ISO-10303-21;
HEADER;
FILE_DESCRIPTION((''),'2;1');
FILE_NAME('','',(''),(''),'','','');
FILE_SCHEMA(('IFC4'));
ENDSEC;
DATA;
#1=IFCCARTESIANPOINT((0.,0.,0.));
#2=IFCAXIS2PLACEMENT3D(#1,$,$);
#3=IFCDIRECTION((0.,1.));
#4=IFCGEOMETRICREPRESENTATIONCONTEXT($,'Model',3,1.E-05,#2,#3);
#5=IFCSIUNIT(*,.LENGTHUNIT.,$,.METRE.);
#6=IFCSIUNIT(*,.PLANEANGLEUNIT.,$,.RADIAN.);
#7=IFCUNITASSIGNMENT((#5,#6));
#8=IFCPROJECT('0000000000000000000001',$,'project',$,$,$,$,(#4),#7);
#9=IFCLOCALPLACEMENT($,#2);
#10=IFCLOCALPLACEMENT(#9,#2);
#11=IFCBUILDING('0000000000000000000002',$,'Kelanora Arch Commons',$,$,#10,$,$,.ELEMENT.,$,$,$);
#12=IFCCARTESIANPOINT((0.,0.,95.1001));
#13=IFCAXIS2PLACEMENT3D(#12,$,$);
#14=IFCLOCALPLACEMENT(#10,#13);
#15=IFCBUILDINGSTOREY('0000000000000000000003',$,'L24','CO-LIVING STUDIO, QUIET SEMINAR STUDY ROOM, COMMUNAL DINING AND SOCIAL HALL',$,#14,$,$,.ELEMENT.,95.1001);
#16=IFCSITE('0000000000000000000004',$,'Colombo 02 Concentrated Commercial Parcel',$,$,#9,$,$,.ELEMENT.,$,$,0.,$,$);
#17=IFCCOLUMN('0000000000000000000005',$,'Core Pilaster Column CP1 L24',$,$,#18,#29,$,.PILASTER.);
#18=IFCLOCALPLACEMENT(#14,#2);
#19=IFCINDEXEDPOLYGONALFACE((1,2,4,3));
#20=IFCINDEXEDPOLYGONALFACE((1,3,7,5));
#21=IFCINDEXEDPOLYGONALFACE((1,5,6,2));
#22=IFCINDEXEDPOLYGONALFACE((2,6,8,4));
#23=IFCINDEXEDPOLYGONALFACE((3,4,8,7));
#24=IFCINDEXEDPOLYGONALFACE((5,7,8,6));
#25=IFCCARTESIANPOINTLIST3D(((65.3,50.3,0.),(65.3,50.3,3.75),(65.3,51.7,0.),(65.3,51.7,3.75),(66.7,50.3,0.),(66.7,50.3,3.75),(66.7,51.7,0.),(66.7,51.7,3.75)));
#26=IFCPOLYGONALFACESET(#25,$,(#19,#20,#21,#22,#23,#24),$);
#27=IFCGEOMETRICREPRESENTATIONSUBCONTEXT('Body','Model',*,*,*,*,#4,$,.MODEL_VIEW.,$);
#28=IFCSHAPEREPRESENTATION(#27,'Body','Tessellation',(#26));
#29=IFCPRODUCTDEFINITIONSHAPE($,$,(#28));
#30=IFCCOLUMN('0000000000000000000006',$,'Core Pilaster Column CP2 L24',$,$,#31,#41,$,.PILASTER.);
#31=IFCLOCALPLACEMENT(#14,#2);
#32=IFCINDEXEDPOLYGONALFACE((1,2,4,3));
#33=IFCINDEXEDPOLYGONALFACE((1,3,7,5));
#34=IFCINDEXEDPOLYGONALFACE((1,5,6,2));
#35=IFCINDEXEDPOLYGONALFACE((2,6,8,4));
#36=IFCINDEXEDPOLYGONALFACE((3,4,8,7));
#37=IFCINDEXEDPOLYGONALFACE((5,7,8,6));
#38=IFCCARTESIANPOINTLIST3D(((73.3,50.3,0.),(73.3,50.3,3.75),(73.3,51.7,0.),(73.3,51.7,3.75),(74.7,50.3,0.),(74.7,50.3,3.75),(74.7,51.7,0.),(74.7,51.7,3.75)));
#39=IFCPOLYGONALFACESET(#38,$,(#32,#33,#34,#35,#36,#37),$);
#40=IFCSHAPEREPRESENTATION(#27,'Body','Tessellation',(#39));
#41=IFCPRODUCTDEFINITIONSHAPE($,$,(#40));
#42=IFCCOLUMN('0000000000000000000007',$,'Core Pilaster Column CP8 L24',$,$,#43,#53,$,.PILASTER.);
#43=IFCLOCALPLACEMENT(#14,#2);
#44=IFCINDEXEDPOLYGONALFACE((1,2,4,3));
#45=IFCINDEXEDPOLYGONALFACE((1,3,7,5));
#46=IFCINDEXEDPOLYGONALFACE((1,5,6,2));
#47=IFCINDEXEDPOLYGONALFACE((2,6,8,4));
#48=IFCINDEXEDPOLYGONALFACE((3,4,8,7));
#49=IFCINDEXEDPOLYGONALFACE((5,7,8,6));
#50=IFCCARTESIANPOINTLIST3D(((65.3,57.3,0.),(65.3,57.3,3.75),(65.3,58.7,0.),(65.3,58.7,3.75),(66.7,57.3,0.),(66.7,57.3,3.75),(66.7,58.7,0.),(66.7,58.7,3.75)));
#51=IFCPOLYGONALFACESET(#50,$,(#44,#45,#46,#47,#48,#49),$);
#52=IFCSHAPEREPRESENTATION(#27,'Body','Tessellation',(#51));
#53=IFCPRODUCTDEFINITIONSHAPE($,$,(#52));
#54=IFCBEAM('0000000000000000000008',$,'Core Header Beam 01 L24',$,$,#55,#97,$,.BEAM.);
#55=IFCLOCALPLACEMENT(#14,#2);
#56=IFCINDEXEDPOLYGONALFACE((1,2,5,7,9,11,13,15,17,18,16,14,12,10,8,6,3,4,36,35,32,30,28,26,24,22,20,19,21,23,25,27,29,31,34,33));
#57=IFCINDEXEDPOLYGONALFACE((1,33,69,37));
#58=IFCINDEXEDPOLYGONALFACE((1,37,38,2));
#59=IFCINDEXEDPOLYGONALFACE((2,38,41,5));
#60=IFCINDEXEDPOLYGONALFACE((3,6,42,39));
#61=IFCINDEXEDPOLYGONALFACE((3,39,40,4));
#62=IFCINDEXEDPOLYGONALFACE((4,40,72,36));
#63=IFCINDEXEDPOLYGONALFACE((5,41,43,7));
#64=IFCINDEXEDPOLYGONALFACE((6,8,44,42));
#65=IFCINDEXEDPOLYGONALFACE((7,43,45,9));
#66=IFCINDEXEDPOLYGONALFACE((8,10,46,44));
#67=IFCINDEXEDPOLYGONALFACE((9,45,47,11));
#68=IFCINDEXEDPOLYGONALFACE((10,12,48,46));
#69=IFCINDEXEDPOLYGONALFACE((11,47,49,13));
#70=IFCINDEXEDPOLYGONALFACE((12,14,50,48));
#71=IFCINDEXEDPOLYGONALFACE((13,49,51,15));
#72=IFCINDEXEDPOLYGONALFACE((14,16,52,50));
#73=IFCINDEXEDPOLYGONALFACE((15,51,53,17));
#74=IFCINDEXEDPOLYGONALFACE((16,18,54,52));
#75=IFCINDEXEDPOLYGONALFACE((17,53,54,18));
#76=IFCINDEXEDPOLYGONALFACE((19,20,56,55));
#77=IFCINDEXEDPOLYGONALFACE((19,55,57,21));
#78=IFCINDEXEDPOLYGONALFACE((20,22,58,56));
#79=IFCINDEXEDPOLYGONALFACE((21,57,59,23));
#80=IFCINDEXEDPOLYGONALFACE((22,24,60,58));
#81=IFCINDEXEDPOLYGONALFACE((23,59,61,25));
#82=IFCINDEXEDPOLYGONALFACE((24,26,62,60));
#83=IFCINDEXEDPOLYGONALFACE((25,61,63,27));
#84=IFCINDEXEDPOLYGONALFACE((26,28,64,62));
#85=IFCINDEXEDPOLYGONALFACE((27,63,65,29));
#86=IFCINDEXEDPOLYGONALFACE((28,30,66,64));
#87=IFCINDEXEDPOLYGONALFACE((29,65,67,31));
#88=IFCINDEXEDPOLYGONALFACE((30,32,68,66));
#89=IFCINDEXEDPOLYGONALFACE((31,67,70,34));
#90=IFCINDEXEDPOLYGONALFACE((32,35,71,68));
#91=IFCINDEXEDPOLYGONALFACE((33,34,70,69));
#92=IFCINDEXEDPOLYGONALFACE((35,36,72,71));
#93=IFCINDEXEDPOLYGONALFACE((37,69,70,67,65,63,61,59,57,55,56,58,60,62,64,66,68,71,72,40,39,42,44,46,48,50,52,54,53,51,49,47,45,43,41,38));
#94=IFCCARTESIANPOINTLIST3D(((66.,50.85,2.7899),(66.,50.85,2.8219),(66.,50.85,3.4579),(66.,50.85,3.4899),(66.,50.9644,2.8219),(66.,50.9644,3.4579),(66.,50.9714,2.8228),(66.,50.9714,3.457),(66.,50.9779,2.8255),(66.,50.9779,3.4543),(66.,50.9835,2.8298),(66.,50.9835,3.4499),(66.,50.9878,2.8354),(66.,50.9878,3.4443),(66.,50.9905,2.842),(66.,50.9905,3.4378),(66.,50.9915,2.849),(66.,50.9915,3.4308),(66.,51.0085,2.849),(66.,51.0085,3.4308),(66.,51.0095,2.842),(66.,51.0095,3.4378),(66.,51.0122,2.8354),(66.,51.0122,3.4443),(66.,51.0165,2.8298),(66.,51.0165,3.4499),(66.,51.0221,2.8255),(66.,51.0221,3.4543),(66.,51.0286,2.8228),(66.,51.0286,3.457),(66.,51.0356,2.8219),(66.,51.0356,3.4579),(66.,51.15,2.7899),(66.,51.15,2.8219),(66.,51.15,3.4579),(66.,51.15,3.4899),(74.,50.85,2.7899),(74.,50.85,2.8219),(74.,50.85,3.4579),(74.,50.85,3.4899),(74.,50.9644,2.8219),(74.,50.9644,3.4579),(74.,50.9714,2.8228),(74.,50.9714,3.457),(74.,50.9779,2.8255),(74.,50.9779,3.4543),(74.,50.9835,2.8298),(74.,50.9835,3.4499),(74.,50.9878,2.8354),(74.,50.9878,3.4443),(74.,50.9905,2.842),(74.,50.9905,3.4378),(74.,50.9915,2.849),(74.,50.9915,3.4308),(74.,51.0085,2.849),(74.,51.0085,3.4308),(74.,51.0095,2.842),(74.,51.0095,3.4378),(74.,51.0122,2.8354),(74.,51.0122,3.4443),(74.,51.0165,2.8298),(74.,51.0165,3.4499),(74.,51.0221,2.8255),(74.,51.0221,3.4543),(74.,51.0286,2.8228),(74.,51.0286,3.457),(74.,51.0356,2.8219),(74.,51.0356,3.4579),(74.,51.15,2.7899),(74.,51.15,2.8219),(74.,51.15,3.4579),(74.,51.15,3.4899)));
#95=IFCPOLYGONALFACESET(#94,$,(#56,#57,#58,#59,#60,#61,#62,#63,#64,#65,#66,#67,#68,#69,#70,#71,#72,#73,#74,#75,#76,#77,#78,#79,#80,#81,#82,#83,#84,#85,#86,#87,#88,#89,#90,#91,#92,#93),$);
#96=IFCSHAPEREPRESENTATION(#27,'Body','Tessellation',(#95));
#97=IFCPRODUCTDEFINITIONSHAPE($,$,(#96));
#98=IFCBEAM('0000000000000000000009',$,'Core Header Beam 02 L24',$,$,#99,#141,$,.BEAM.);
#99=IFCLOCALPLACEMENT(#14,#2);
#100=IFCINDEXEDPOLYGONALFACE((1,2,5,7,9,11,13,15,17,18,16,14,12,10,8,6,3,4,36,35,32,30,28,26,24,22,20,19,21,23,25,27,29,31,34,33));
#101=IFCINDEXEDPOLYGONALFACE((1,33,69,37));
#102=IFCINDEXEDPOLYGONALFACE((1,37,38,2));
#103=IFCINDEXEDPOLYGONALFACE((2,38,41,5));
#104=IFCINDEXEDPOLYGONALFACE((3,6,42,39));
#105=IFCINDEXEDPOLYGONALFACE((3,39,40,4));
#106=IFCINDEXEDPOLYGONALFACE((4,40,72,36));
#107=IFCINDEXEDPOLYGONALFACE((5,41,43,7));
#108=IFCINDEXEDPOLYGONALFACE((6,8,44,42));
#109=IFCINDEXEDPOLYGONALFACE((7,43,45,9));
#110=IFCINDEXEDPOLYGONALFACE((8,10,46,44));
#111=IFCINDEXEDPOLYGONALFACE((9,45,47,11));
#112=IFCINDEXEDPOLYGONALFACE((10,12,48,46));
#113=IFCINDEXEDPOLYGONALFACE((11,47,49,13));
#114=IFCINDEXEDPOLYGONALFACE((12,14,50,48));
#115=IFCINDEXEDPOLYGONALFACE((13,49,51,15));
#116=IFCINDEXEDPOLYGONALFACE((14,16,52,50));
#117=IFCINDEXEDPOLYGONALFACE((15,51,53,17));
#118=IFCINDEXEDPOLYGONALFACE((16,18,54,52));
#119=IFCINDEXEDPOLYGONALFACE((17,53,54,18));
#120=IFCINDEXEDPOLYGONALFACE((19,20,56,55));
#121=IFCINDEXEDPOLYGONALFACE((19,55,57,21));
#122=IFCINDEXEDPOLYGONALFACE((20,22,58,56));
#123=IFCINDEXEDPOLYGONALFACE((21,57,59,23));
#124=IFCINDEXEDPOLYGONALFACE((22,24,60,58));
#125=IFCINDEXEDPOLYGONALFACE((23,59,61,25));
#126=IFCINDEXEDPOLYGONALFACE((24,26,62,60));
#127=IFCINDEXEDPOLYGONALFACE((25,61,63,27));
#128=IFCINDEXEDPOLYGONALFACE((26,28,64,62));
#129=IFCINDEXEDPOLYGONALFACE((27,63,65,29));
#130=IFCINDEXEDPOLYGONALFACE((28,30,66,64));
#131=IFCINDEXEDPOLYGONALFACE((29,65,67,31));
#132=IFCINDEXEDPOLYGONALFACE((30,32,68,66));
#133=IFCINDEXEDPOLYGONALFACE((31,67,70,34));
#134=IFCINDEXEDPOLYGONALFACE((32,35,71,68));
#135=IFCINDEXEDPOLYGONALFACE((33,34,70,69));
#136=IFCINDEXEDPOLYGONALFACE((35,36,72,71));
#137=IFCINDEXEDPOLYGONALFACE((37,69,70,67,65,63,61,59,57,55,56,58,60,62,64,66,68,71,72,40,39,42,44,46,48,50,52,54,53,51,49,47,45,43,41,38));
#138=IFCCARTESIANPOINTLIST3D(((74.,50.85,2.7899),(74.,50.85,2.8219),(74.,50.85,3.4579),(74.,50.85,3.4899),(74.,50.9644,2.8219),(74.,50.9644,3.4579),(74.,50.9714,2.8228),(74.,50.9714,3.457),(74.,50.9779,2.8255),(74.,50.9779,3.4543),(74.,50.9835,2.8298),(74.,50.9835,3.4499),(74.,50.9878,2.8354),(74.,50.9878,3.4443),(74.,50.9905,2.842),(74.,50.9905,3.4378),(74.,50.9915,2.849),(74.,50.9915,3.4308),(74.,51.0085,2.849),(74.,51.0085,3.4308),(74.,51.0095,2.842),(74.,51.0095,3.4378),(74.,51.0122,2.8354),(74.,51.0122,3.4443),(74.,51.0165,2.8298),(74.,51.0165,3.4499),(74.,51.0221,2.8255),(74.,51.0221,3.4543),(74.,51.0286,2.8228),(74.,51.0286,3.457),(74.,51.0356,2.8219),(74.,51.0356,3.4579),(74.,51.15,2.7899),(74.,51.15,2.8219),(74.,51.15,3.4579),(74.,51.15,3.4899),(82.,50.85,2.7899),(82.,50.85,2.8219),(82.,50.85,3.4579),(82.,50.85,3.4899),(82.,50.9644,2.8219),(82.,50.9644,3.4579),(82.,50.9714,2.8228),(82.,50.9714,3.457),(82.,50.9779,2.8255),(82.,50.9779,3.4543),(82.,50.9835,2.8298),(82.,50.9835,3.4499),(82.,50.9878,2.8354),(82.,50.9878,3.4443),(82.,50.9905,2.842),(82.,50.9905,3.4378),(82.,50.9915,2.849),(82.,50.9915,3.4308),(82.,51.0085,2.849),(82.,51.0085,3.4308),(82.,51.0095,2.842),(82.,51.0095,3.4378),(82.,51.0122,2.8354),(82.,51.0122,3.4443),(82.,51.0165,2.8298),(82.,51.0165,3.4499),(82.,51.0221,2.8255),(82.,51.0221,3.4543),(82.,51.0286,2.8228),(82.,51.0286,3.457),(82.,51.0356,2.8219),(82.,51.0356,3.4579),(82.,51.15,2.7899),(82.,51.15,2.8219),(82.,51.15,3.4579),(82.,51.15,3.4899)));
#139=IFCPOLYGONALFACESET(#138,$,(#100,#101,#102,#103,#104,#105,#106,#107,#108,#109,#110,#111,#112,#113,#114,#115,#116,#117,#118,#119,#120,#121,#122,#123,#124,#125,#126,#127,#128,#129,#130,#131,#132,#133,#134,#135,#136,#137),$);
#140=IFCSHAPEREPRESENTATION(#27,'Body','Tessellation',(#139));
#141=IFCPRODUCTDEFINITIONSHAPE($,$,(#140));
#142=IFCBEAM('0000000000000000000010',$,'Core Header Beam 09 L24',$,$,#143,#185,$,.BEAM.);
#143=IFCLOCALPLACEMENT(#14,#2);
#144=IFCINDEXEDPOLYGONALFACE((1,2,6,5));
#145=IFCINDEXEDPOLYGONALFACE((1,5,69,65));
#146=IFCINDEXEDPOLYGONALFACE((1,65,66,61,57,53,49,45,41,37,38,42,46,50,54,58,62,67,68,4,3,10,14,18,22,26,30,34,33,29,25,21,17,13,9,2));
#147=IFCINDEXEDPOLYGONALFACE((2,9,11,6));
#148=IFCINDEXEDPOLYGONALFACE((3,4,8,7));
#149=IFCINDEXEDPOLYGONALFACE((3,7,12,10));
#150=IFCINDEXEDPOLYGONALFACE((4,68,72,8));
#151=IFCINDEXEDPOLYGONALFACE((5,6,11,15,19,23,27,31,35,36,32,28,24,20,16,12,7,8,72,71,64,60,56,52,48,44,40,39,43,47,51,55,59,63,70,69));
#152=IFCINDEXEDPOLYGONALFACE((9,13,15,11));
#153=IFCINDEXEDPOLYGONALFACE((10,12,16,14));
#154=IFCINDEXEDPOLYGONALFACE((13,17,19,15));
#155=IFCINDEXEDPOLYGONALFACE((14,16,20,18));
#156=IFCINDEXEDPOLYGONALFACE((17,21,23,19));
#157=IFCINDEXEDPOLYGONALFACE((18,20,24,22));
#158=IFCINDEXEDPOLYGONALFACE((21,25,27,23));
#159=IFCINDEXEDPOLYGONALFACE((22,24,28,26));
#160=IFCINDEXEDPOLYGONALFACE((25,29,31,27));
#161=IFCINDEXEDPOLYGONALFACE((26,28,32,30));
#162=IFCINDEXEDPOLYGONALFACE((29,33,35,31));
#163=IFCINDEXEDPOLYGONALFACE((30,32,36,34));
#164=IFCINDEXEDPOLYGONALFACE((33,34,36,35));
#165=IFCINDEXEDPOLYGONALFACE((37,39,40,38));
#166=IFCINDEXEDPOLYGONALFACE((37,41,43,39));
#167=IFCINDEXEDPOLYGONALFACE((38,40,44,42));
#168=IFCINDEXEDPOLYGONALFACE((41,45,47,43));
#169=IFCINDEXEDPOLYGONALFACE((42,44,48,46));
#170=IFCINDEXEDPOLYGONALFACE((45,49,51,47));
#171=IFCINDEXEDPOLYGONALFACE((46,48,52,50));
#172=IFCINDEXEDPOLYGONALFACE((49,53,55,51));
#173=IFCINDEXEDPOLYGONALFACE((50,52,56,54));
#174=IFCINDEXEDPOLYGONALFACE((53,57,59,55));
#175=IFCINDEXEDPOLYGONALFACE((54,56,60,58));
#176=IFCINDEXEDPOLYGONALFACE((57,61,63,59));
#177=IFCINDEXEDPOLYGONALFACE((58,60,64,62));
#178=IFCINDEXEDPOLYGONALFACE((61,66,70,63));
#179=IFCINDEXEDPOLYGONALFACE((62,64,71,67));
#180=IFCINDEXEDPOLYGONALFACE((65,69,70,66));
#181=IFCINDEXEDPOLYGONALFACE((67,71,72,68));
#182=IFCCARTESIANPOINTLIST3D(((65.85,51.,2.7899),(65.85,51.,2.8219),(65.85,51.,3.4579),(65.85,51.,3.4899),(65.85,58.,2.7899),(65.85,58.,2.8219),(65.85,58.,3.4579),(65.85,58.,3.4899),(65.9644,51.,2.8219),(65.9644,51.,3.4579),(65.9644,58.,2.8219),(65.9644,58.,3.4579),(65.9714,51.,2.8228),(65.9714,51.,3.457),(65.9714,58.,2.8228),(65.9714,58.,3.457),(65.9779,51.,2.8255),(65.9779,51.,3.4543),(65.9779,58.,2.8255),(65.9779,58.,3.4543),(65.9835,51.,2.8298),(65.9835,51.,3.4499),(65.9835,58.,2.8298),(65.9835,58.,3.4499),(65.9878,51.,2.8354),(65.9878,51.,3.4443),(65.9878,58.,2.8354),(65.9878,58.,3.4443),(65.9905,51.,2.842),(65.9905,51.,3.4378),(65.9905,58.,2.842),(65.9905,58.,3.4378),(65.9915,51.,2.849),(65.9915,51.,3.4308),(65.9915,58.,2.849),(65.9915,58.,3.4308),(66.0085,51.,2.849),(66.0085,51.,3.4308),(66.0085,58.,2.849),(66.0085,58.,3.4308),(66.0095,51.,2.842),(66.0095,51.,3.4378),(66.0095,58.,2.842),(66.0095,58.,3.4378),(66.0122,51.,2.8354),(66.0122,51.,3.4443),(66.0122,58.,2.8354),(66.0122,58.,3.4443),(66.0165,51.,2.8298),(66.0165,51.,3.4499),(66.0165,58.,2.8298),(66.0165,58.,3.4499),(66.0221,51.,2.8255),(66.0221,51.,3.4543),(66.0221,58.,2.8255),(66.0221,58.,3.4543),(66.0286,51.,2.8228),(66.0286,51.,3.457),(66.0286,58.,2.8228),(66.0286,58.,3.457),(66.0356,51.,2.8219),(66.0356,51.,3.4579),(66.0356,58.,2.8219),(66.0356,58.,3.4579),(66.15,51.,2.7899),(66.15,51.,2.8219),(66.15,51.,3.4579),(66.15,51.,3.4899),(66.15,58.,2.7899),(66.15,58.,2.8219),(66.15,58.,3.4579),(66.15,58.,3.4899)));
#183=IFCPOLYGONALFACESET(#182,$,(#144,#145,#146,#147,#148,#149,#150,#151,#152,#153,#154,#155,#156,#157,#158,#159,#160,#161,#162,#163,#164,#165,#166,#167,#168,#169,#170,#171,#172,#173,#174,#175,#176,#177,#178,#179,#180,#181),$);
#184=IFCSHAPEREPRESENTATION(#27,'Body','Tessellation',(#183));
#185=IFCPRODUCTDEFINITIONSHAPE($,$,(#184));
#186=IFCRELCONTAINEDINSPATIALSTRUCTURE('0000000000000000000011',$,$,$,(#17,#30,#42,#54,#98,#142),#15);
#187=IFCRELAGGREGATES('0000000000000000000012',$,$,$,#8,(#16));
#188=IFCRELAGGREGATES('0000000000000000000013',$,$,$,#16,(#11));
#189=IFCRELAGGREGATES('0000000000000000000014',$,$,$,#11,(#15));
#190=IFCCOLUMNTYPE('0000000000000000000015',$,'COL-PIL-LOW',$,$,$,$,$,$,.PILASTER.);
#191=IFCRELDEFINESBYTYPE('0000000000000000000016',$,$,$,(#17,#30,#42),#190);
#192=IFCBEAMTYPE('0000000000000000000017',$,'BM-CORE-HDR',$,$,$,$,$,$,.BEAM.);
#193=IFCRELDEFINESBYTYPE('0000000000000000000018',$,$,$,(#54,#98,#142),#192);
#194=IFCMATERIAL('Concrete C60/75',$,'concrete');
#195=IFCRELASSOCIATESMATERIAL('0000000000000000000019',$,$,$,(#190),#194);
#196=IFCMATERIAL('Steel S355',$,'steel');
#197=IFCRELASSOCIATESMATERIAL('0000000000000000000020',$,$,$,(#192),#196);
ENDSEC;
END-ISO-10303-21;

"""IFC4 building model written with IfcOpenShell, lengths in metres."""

from ifc_helpers import new_model, si_unit, direction, frame, origin, origin_2d, place, context, subcontext, project, spatial, rectangle, i_section, extrude, material, material_profile, profile_set, type_object, element, save


model = new_model("IFC4")

# Units and contexts
model_context = context("Model", 3, precision=1e-05, world=origin(), true_north=direction((0.0, 1.0)))
body_context = subcontext(model_context, "Body", "Model", "MODEL_VIEW")
ifc_project = project(units=[si_unit("LENGTHUNIT", "METRE"), si_unit("PLANEANGLEUNIT", "RADIAN")], contexts=[model_context])

# Site, building, storey
site_placement = place(None, origin())
site = spatial("IfcSite", under=ifc_project, at=site_placement, Name="Colombo 02 Concentrated Commercial Parcel", CompositionType="ELEMENT", RefElevation=0.0)
building_placement = place(site_placement, origin())
building = spatial("IfcBuilding", under=site, at=building_placement, Name="Kelanora Arch Commons", CompositionType="ELEMENT")
storey_placement = place(building_placement, frame((0.0, 0.0, 95.1001)))
storey = spatial("IfcBuildingStorey", under=building, at=storey_placement, Name="L24", Description="CO-LIVING STUDIO, QUIET SEMINAR STUDY ROOM, COMMUNAL DINING AND SOCIAL HALL", CompositionType="ELEMENT", Elevation=95.1001)

# Columns
ifc_material_1 = material(Name="Concrete C60/75", Category="concrete")
ifc_material_profile_1 = material_profile(ifc_material_1, rectangle(XDim=1.3999, YDim=1.3999, at=origin_2d()), Name="RC1400x1400")
ifc_profile_set_1 = profile_set([ifc_material_profile_1], Name="Concrete C60/75")
column_type = type_object("IfcColumnType", Name="COL-PIL-LOW", PredefinedType="PILASTER", material=ifc_profile_set_1)
for number, where, z_axis, x_axis, name in (
    (1, (66.0, 51.0, 0.0), (0.0, 0.0, 1.0), (1.0, 0.0, 0.0), "Core Pilaster Column CP1 L24"),
    (2, (74.0, 51.0, 0.0), (0.0, 0.0, 1.0), (1.0, 0.0, 0.0), "Core Pilaster Column CP2 L24"),
    (3, (66.0, 58.0, 0.0), (0.0, 0.0, 1.0), (1.0, 0.0, 0.0), "Core Pilaster Column CP8 L24"),
):
    element("IfcColumn", number, at=place(storey_placement, frame(where, z_axis=z_axis, x_axis=x_axis)), inside=storey, type_object=column_type, Name=name, PredefinedType="PILASTER", context=body_context, shape_type="SweptSolid", body=[
        extrude(rectangle(XDim=1.3999, YDim=1.3999, at=origin_2d()), origin(), (0.0, 0.0, 1.0), 3.75),
    ])

# Beams
ifc_material_2 = material(Name="Steel S355", Category="steel")
ifc_material_profile_2 = material_profile(ifc_material_2, i_section(OverallWidth=0.3, OverallDepth=0.7, WebThickness=0.0171, FlangeThickness=0.032, FilletRadius=0.0271, at=origin_2d()), Name="HEB700")
ifc_profile_set_2 = profile_set([ifc_material_profile_2], Name="Steel S355")
beam_type_1 = type_object("IfcBeamType", Name="BM-CORE-HDR", PredefinedType="BEAM", material=ifc_profile_set_2)
for number, where, z_axis, x_axis, name in (
    (4, (66.0, 51.0, 3.1399), (1.0, 0.0, 0.0), (0.0, 1.0, 0.0), "Core Header Beam 01 L24"),
    (5, (74.0, 51.0, 3.1399), (1.0, 0.0, 0.0), (0.0, 1.0, 0.0), "Core Header Beam 02 L24"),
):
    element("IfcBeam", number, at=place(storey_placement, frame(where, z_axis=z_axis, x_axis=x_axis)), inside=storey, type_object=beam_type_1, Name=name, PredefinedType="BEAM", context=body_context, shape_type="SweptSolid", body=[
        extrude(i_section(OverallWidth=0.3, OverallDepth=0.7, WebThickness=0.0171, FlangeThickness=0.032, FilletRadius=0.0271, at=origin_2d()), origin(), (0.0, 0.0, 1.0), 8.0),
    ])
beam_1_placement = place(storey_placement, frame((66.0, 58.0, 3.1399), z_axis=(0.0, -1.0, 0.0), x_axis=(1.0, 0.0, 0.0)))
element("IfcBeam", 6, at=beam_1_placement, inside=storey, type_object=beam_type_1, Name="Core Header Beam 09 L24", PredefinedType="BEAM", context=body_context, shape_type="SweptSolid", body=[
    extrude(i_section(OverallWidth=0.3, OverallDepth=0.7, WebThickness=0.0171, FlangeThickness=0.032, FilletRadius=0.0271, at=origin_2d()), origin(), (0.0, 0.0, 1.0), 7.0),
])

save(model, "model.ifc")
